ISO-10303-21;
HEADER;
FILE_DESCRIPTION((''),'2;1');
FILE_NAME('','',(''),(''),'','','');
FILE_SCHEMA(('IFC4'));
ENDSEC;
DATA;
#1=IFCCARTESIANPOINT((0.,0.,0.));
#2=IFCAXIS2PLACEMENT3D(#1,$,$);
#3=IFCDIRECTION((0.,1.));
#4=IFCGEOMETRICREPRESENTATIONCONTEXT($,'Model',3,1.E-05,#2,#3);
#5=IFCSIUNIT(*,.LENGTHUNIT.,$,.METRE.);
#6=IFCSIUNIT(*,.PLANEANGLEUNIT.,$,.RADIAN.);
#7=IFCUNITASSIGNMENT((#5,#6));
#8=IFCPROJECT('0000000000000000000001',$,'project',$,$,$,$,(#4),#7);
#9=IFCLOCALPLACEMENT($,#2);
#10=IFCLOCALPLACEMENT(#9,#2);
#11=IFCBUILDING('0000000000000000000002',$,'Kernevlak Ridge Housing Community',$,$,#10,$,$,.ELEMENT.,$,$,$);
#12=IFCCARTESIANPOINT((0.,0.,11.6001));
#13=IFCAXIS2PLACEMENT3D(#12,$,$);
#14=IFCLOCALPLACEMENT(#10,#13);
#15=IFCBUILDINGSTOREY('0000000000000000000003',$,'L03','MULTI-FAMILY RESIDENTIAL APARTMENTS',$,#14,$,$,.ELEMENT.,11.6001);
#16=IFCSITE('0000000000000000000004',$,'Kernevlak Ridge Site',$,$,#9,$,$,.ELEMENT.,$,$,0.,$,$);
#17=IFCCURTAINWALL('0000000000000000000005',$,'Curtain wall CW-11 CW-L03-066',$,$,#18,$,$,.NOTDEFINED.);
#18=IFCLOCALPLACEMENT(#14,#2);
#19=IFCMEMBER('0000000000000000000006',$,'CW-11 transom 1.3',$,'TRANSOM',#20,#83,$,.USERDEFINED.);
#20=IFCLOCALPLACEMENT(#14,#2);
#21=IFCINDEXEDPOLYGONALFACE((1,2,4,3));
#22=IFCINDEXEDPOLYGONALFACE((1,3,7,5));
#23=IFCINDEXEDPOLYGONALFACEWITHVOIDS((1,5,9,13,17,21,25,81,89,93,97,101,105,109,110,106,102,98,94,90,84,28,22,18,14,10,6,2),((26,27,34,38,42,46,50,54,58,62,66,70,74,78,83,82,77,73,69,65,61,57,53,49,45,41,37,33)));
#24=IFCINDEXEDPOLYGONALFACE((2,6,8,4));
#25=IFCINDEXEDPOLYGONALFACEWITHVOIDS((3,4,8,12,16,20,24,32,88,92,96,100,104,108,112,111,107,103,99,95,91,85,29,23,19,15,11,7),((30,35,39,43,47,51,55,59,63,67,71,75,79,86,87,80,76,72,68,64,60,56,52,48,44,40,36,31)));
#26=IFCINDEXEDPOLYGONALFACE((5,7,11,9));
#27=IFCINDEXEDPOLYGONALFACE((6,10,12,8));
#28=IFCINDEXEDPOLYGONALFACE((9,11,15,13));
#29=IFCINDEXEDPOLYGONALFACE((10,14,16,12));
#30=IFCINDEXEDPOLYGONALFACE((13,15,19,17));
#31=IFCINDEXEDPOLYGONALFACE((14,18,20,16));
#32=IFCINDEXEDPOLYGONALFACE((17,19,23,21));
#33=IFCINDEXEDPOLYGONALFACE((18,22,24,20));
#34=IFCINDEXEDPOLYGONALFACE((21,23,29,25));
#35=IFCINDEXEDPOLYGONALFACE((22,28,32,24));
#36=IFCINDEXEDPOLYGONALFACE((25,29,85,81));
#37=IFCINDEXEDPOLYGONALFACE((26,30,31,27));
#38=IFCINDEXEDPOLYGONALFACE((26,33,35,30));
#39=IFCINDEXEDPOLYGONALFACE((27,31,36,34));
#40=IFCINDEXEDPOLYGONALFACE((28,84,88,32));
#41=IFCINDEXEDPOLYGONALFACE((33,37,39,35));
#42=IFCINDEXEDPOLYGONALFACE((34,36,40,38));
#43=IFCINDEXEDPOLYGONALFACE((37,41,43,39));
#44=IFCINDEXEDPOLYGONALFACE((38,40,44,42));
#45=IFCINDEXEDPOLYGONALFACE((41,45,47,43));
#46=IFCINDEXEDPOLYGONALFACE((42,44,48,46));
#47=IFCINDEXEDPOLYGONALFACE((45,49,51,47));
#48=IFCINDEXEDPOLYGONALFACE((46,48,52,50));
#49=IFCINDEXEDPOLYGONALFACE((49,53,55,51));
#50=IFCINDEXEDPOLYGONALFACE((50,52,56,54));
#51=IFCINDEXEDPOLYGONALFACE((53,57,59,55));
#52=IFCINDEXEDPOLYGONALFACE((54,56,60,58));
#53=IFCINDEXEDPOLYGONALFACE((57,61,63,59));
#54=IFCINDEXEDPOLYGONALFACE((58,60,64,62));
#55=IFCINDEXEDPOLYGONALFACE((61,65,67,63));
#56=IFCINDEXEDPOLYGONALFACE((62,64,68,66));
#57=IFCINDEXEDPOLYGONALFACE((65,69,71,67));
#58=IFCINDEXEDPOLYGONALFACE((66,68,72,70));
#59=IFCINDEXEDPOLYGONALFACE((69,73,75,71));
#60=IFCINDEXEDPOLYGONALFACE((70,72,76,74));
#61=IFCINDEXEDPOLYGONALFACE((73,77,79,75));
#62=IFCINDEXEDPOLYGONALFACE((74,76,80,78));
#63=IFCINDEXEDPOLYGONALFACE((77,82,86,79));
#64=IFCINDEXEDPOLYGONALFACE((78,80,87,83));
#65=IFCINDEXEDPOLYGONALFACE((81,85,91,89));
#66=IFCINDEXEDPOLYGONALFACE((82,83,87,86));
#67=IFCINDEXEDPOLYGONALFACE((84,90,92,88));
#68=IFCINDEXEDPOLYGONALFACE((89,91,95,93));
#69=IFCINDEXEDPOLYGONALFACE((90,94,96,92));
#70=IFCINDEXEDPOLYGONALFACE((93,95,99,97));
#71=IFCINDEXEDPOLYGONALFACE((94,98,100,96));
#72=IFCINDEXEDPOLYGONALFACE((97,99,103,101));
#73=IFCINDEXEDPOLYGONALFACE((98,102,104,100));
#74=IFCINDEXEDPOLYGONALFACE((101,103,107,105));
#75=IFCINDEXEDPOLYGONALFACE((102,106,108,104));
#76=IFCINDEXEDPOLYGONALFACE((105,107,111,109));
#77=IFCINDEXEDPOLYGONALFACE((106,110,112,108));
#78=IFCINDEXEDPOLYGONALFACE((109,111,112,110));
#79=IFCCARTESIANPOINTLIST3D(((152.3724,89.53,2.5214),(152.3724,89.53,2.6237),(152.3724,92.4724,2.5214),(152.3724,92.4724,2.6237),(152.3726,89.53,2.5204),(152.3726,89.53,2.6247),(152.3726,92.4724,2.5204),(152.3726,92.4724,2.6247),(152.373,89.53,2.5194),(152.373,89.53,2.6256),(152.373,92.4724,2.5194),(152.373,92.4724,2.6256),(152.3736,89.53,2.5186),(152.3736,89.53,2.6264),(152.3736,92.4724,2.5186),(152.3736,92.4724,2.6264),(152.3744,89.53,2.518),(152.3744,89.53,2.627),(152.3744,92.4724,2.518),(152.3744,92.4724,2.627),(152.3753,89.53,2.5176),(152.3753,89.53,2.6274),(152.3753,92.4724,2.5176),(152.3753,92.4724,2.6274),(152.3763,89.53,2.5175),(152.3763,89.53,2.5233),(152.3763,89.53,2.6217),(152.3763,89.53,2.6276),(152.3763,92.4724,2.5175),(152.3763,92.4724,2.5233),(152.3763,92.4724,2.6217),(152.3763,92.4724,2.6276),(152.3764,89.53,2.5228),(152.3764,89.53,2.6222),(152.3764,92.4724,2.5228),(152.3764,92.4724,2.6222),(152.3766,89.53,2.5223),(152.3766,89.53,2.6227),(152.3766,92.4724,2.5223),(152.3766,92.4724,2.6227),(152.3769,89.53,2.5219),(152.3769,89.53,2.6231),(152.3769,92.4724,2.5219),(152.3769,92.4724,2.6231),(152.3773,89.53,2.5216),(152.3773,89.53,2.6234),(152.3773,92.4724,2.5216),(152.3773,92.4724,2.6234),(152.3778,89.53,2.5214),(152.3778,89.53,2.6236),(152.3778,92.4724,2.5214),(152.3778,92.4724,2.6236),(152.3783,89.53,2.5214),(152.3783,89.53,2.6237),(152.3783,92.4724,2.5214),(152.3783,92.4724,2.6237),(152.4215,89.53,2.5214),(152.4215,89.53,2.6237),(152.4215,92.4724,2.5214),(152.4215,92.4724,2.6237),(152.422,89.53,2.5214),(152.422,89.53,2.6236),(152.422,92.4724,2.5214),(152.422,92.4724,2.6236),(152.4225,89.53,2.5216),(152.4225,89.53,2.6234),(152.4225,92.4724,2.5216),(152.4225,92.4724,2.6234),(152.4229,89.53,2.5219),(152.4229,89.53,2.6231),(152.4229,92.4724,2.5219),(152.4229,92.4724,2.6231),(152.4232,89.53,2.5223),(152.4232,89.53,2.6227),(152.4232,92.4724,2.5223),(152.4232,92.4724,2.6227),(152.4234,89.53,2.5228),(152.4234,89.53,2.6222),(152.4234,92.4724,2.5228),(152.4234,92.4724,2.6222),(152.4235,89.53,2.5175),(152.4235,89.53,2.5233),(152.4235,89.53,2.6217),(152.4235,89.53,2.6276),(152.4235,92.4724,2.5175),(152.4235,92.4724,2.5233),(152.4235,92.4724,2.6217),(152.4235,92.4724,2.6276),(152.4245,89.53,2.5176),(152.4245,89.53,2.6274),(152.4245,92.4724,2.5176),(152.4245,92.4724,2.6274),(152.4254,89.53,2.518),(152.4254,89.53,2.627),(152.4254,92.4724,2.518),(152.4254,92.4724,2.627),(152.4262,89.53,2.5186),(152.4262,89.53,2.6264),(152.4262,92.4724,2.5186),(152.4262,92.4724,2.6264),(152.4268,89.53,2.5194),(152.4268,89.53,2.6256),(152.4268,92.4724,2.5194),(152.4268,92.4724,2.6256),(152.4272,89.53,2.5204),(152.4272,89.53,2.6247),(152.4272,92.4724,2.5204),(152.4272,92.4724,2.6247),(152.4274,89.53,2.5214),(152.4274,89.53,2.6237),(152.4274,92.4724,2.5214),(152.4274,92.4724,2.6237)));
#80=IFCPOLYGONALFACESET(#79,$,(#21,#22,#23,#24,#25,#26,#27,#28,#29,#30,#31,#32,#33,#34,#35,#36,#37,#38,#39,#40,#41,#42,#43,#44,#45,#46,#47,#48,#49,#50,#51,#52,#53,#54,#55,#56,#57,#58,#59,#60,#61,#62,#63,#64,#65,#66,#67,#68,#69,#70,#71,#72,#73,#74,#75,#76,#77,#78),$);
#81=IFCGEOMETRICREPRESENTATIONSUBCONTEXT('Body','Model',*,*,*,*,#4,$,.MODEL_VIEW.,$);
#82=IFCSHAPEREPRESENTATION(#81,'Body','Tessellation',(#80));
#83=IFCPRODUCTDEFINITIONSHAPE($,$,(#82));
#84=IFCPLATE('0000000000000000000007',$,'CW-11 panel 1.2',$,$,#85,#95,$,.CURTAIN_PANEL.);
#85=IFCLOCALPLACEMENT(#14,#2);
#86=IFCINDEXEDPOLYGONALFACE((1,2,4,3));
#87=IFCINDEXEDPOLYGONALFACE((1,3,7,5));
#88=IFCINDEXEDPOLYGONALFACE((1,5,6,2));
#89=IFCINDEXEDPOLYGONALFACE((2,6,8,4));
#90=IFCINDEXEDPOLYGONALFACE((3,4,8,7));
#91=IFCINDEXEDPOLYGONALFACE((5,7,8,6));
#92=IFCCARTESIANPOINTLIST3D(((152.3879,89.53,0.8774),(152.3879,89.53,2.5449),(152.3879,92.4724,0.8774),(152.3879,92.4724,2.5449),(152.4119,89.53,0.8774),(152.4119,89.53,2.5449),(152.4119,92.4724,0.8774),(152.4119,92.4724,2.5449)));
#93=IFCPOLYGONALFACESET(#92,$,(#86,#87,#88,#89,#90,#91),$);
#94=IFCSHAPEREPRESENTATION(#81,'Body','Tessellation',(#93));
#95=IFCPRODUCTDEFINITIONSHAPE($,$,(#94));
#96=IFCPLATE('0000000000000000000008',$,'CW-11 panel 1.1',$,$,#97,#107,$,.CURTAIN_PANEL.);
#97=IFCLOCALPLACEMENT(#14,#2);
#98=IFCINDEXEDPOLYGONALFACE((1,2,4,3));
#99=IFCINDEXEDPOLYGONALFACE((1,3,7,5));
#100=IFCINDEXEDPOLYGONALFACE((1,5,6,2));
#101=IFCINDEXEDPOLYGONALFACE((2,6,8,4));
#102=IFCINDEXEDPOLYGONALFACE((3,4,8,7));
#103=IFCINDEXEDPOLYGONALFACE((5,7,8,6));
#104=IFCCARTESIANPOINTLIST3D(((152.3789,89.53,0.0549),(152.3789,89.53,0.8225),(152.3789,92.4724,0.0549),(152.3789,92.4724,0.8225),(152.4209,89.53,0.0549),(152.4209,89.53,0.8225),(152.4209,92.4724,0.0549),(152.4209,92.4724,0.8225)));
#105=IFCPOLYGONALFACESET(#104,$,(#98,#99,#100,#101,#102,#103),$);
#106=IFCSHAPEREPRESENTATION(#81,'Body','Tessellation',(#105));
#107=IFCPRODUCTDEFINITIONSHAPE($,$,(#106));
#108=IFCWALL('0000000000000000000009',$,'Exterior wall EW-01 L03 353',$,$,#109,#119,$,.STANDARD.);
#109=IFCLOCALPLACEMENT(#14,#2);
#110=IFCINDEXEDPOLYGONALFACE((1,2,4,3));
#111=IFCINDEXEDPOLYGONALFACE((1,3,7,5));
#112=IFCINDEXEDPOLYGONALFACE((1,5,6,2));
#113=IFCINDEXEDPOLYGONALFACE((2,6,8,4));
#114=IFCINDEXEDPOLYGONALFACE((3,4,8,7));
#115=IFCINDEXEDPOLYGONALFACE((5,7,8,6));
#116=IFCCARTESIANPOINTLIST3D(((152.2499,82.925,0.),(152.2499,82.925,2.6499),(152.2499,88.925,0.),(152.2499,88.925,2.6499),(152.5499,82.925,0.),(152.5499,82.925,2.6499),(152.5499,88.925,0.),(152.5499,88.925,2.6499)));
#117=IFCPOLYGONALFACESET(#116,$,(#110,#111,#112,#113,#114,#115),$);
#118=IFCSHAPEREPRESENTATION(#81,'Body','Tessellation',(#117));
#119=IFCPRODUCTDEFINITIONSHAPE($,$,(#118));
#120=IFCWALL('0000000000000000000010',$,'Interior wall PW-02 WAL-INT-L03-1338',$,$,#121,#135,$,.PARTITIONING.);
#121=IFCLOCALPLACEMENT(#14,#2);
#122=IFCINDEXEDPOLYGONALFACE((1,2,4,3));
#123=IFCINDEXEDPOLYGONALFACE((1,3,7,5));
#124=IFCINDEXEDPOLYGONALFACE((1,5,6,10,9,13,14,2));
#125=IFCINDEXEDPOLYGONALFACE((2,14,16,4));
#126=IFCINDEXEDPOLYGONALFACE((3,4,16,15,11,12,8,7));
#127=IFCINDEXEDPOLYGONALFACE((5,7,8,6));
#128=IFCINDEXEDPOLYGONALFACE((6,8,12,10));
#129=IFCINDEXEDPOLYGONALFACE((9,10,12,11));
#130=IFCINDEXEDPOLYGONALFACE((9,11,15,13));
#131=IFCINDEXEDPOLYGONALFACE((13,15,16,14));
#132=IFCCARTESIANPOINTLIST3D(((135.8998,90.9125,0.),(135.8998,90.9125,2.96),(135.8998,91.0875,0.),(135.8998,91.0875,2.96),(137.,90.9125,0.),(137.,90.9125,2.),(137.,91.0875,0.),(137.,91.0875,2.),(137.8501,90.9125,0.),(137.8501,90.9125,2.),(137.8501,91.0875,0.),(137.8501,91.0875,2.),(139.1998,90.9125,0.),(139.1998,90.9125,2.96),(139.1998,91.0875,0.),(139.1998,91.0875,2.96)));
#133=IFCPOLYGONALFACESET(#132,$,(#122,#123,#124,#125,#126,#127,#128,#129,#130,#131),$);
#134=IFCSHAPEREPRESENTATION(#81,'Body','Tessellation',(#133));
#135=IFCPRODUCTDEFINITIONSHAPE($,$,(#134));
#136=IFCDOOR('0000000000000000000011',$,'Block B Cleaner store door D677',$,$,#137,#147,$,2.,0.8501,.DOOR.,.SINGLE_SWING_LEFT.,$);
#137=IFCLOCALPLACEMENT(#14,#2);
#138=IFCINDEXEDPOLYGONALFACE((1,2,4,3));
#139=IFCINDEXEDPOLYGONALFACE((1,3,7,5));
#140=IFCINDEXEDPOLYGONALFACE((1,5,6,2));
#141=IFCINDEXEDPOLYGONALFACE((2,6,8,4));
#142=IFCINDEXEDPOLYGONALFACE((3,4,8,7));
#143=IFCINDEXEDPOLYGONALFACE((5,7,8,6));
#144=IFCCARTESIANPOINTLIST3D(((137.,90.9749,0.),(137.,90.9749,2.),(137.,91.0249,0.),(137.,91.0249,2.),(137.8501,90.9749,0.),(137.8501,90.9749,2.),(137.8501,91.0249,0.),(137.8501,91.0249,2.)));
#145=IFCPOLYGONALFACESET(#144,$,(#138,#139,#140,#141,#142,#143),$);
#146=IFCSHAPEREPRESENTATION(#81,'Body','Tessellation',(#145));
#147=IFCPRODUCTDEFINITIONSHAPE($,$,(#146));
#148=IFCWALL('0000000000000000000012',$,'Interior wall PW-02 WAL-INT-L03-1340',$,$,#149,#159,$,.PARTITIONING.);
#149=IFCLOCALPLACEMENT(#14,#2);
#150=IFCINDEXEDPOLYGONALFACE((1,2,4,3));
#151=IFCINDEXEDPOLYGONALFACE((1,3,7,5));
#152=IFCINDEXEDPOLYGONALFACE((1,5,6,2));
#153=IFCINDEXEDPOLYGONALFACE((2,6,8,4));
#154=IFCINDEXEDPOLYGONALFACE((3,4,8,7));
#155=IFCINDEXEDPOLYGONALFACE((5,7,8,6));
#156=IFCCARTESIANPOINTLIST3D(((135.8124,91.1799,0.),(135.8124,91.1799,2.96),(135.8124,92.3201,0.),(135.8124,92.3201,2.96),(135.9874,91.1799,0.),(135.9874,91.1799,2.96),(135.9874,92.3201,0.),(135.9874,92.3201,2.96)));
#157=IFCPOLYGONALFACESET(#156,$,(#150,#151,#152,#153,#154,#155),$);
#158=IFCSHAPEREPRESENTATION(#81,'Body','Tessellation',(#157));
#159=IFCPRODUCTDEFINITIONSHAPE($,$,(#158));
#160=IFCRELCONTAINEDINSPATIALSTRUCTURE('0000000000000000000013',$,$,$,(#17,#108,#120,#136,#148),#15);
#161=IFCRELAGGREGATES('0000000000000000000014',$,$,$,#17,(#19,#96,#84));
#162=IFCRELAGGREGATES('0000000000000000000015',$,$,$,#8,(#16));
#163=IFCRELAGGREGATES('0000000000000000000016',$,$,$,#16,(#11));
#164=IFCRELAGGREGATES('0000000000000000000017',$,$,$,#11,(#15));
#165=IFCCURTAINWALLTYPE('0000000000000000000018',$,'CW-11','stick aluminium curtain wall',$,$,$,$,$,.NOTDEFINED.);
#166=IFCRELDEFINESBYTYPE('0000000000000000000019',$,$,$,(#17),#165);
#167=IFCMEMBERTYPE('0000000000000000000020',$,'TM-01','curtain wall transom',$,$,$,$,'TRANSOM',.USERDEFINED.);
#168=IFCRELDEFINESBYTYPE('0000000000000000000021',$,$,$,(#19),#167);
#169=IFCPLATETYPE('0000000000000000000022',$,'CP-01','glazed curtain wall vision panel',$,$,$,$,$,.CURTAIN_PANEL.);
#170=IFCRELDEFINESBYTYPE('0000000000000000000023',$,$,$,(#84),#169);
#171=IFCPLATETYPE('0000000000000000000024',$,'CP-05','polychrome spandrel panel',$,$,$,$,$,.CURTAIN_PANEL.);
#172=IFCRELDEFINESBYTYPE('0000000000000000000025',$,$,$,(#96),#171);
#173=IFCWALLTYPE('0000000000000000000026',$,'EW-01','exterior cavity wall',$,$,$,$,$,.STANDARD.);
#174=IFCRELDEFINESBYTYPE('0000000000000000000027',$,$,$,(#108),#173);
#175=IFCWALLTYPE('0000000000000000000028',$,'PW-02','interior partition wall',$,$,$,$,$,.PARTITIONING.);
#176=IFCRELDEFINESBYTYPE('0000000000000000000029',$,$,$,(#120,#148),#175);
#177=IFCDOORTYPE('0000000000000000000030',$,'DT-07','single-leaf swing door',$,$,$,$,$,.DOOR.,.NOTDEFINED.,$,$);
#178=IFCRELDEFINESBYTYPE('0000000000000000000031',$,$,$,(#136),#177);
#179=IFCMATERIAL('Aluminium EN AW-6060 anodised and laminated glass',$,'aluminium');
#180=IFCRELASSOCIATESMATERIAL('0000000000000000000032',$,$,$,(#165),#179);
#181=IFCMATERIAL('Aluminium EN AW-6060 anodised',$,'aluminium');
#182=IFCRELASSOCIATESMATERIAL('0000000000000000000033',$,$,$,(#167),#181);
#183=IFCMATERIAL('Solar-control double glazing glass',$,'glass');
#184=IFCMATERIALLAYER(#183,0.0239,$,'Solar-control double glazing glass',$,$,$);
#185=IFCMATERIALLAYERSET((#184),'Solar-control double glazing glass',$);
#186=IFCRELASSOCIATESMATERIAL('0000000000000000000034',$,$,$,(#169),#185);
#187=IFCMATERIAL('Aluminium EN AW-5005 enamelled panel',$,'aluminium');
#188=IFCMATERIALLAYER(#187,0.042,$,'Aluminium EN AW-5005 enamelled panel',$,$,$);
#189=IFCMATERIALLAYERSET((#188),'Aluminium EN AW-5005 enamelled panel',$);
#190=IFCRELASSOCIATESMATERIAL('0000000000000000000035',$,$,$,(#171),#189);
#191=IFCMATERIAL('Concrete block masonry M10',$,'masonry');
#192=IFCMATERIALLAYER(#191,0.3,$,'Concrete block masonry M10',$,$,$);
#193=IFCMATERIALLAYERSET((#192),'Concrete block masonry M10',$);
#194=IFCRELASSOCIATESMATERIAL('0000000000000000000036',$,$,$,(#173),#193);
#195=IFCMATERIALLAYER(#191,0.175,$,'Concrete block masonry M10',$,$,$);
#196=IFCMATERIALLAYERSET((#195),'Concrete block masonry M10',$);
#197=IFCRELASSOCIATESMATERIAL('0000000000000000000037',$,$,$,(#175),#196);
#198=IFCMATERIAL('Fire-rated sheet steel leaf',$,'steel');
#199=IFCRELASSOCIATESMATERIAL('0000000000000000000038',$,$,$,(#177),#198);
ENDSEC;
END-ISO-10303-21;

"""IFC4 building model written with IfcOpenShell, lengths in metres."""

from ifc_helpers import new_model, si_unit, direction, frame, frame_2d, origin, origin_2d, place, context, subcontext, project, spatial, rectangle, hollow_rectangle, extrude, material, layer, layer_set, material_profile, profile_set, type_object, element, fill, aggregate, save


model = new_model("IFC4")

# Units and contexts
model_context = context("Model", 3, precision=1e-05, world=origin(), true_north=direction((0.0, 1.0)))
body_context = subcontext(model_context, "Body", "Model", "MODEL_VIEW")
ifc_project = project(units=[si_unit("LENGTHUNIT", "METRE"), si_unit("PLANEANGLEUNIT", "RADIAN")], contexts=[model_context])

# Site, building, storey
site_placement = place(None, origin())
site = spatial("IfcSite", under=ifc_project, at=site_placement, Name="Kernevlak Ridge Site", CompositionType="ELEMENT", RefElevation=0.0)
building_placement = place(site_placement, origin())
building = spatial("IfcBuilding", under=site, at=building_placement, Name="Kernevlak Ridge Housing Community", CompositionType="ELEMENT")
storey_placement = place(building_placement, frame((0.0, 0.0, 11.6001)))
storey = spatial("IfcBuildingStorey", under=building, at=storey_placement, Name="L03", Description="MULTI-FAMILY RESIDENTIAL APARTMENTS", CompositionType="ELEMENT", Elevation=11.6001)

# Curtain wall
ifc_material_1 = material(Name="Aluminium EN AW-6060 anodised and laminated glass", Category="aluminium")
curtain_wall_type = type_object("IfcCurtainWallType", Name="CW-11", Description="stick aluminium curtain wall", PredefinedType="NOTDEFINED", material=ifc_material_1)
curtain_wall_placement = place(storey_placement, origin())
curtain_wall = element("IfcCurtainWall", 1, at=curtain_wall_placement, inside=storey, type_object=curtain_wall_type, Name="Curtain wall CW-11 CW-L03-066", PredefinedType="NOTDEFINED")
ifc_material_2 = material(Name="Aluminium EN AW-6060 anodised", Category="aluminium")

# Member
ifc_material_profile_1 = material_profile(ifc_material_2, hollow_rectangle(XDim=0.0549, YDim=0.1101, WallThickness=0.0039, InnerFilletRadius=0.002, OuterFilletRadius=0.0039, at=origin_2d()), Name="ALU 55x110x4")
ifc_profile_set_1 = profile_set([ifc_material_profile_1], Name="Aluminium EN AW-6060 anodised")
member_type_1 = type_object("IfcMemberType", Name="TM-01", Description="curtain wall transom", ElementType="TRANSOM", PredefinedType="USERDEFINED", material=ifc_profile_set_1)
member_1_placement = place(storey_placement, frame((152.3999, 89.53, 2.5725), z_axis=(0.0, 1.0, 0.0), x_axis=(-1.0, 0.0, 0.0)))
member_1 = element("IfcMember", 2, at=member_1_placement, type_object=member_type_1, Name="CW-11 transom 1.3", ObjectType="TRANSOM", PredefinedType="USERDEFINED", context=body_context, shape_type="SweptSolid", body=[
    extrude(hollow_rectangle(XDim=0.0549, YDim=0.1101, WallThickness=0.0039, InnerFilletRadius=0.002, OuterFilletRadius=0.0039, at=origin_2d()), origin(), (0.0, 0.0, 1.0), 2.9424),
])

# Plates
ifc_material_3 = material(Name="Solar-control double glazing glass", Category="glass")
ifc_layer_1 = layer(ifc_material_3, 0.0239, Name="Solar-control double glazing glass")
ifc_layer_set_1 = layer_set([ifc_layer_1], Name="Solar-control double glazing glass")
plate_type_1 = type_object("IfcPlateType", Name="CP-01", Description="glazed curtain wall vision panel", PredefinedType="CURTAIN_PANEL", material=ifc_layer_set_1)
plate_1_placement = place(storey_placement, frame((152.3999, 91.0012, 0.8774), z_axis=(0.0, 0.0, 1.0), x_axis=(0.0, 1.0, 0.0)))
plate_1 = element("IfcPlate", 3, at=plate_1_placement, type_object=plate_type_1, Name="CW-11 panel 1.2", PredefinedType="CURTAIN_PANEL", context=body_context, shape_type="SweptSolid", body=[
    extrude(rectangle(XDim=2.9424, YDim=0.0239, at=origin_2d()), origin(), (0.0, 0.0, 1.0), 1.6675),
])
ifc_material_4 = material(Name="Aluminium EN AW-5005 enamelled panel", Category="aluminium")
ifc_layer_2 = layer(ifc_material_4, 0.042, Name="Aluminium EN AW-5005 enamelled panel")
ifc_layer_set_2 = layer_set([ifc_layer_2], Name="Aluminium EN AW-5005 enamelled panel")
plate_type_2 = type_object("IfcPlateType", Name="CP-05", Description="polychrome spandrel panel", PredefinedType="CURTAIN_PANEL", material=ifc_layer_set_2)
plate_2_placement = place(storey_placement, frame((152.3999, 91.0012, 0.0549), z_axis=(0.0, 0.0, 1.0), x_axis=(0.0, 1.0, 0.0)))
plate_2 = element("IfcPlate", 4, at=plate_2_placement, type_object=plate_type_2, Name="CW-11 panel 1.1", PredefinedType="CURTAIN_PANEL", context=body_context, shape_type="SweptSolid", body=[
    extrude(rectangle(XDim=2.9424, YDim=0.042, at=origin_2d()), origin(), (0.0, 0.0, 1.0), 0.7676),
])
aggregate(curtain_wall, [member_1, plate_2, plate_1])

# Wall
ifc_material_5 = material(Name="Concrete block masonry M10", Category="masonry")
ifc_layer_3 = layer(ifc_material_5, 0.3, Name="Concrete block masonry M10")
ifc_layer_set_3 = layer_set([ifc_layer_3], Name="Concrete block masonry M10")
wall_type_1 = type_object("IfcWallType", Name="EW-01", Description="exterior cavity wall", PredefinedType="STANDARD", material=ifc_layer_set_3)
wall_1_placement = place(storey_placement, frame((152.3999, 82.925, 0.0), z_axis=(0.0, 0.0, 1.0), x_axis=(0.0, 1.0, 0.0)))
element("IfcWall", 5, at=wall_1_placement, inside=storey, type_object=wall_type_1, Name="Exterior wall EW-01 L03 353", PredefinedType="STANDARD", context=body_context, shape_type="SweptSolid", body=[
    extrude(rectangle(XDim=6.0, YDim=0.3, at=frame_2d((3.0, 0.0))), origin(), (0.0, 0.0, 1.0), 2.6499),
])

# Wall, opening, door
ifc_layer_4 = layer(ifc_material_5, 0.175, Name="Concrete block masonry M10")
ifc_layer_set_4 = layer_set([ifc_layer_4], Name="Concrete block masonry M10")
wall_type_2 = type_object("IfcWallType", Name="PW-02", Description="interior partition wall", PredefinedType="PARTITIONING", material=ifc_layer_set_4)
wall_2_placement = place(storey_placement, frame((135.8999, 91.0, 0.0), z_axis=(0.0, 0.0, 1.0), x_axis=(1.0, 0.0, 0.0)))
wall_2 = element("IfcWall", 6, at=wall_2_placement, inside=storey, type_object=wall_type_2, Name="Interior wall PW-02 WAL-INT-L03-1338", PredefinedType="PARTITIONING", context=body_context, shape_type="SweptSolid", body=[
    extrude(rectangle(XDim=3.3, YDim=0.175, at=frame_2d((1.6499, 0.0))), origin(), (0.0, 0.0, 1.0), 2.96),
])
opening_1_placement = place(wall_2_placement, frame((1.1001, 0.0, 0.0)))
opening_1 = element("IfcOpeningElement", 7, at=opening_1_placement, cuts=wall_2, PredefinedType="OPENING", context=body_context, shape_type="SweptSolid", body=[
    extrude(rectangle(XDim=0.8501, YDim=2.0, at=frame_2d((0.425, 1.0))), frame((0.0, 0.0974, 0.0), z_axis=(0.0, -1.0, 0.0), x_axis=(1.0, 0.0, 0.0)), (0.0, 0.0, 1.0), 0.1951),
])
ifc_material_6 = material(Name="Fire-rated sheet steel leaf", Category="steel")
door_type_1 = type_object("IfcDoorType", Name="DT-07", Description="single-leaf swing door", OperationType="NOTDEFINED", PredefinedType="DOOR", material=ifc_material_6)
door_1_placement = place(opening_1_placement, origin())
door_1 = element("IfcDoor", 8, at=door_1_placement, inside=storey, type_object=door_type_1, Name="Block B Cleaner store door D677", OperationType="SINGLE_SWING_LEFT", OverallHeight=2.0, OverallWidth=0.8501, PredefinedType="DOOR", context=body_context, shape_type="SweptSolid", body=[
    extrude(rectangle(XDim=0.8501, YDim=2.0, at=frame_2d((0.425, 1.0))), frame((0.0, 0.0249, 0.0), z_axis=(0.0, -1.0, 0.0), x_axis=(1.0, 0.0, 0.0)), (0.0, 0.0, 1.0), 0.05),
])
fill(opening_1, door_1)

# Wall
wall_3_placement = place(storey_placement, frame((135.8999, 91.1799, 0.0), z_axis=(0.0, 0.0, 1.0), x_axis=(0.0, 1.0, 0.0)))
element("IfcWall", 9, at=wall_3_placement, inside=storey, type_object=wall_type_2, Name="Interior wall PW-02 WAL-INT-L03-1340", PredefinedType="PARTITIONING", context=body_context, shape_type="SweptSolid", body=[
    extrude(rectangle(XDim=1.1401, YDim=0.175, at=frame_2d((0.5701, 0.0))), origin(), (0.0, 0.0, 1.0), 2.96),
])

save(model, "model.ifc")
